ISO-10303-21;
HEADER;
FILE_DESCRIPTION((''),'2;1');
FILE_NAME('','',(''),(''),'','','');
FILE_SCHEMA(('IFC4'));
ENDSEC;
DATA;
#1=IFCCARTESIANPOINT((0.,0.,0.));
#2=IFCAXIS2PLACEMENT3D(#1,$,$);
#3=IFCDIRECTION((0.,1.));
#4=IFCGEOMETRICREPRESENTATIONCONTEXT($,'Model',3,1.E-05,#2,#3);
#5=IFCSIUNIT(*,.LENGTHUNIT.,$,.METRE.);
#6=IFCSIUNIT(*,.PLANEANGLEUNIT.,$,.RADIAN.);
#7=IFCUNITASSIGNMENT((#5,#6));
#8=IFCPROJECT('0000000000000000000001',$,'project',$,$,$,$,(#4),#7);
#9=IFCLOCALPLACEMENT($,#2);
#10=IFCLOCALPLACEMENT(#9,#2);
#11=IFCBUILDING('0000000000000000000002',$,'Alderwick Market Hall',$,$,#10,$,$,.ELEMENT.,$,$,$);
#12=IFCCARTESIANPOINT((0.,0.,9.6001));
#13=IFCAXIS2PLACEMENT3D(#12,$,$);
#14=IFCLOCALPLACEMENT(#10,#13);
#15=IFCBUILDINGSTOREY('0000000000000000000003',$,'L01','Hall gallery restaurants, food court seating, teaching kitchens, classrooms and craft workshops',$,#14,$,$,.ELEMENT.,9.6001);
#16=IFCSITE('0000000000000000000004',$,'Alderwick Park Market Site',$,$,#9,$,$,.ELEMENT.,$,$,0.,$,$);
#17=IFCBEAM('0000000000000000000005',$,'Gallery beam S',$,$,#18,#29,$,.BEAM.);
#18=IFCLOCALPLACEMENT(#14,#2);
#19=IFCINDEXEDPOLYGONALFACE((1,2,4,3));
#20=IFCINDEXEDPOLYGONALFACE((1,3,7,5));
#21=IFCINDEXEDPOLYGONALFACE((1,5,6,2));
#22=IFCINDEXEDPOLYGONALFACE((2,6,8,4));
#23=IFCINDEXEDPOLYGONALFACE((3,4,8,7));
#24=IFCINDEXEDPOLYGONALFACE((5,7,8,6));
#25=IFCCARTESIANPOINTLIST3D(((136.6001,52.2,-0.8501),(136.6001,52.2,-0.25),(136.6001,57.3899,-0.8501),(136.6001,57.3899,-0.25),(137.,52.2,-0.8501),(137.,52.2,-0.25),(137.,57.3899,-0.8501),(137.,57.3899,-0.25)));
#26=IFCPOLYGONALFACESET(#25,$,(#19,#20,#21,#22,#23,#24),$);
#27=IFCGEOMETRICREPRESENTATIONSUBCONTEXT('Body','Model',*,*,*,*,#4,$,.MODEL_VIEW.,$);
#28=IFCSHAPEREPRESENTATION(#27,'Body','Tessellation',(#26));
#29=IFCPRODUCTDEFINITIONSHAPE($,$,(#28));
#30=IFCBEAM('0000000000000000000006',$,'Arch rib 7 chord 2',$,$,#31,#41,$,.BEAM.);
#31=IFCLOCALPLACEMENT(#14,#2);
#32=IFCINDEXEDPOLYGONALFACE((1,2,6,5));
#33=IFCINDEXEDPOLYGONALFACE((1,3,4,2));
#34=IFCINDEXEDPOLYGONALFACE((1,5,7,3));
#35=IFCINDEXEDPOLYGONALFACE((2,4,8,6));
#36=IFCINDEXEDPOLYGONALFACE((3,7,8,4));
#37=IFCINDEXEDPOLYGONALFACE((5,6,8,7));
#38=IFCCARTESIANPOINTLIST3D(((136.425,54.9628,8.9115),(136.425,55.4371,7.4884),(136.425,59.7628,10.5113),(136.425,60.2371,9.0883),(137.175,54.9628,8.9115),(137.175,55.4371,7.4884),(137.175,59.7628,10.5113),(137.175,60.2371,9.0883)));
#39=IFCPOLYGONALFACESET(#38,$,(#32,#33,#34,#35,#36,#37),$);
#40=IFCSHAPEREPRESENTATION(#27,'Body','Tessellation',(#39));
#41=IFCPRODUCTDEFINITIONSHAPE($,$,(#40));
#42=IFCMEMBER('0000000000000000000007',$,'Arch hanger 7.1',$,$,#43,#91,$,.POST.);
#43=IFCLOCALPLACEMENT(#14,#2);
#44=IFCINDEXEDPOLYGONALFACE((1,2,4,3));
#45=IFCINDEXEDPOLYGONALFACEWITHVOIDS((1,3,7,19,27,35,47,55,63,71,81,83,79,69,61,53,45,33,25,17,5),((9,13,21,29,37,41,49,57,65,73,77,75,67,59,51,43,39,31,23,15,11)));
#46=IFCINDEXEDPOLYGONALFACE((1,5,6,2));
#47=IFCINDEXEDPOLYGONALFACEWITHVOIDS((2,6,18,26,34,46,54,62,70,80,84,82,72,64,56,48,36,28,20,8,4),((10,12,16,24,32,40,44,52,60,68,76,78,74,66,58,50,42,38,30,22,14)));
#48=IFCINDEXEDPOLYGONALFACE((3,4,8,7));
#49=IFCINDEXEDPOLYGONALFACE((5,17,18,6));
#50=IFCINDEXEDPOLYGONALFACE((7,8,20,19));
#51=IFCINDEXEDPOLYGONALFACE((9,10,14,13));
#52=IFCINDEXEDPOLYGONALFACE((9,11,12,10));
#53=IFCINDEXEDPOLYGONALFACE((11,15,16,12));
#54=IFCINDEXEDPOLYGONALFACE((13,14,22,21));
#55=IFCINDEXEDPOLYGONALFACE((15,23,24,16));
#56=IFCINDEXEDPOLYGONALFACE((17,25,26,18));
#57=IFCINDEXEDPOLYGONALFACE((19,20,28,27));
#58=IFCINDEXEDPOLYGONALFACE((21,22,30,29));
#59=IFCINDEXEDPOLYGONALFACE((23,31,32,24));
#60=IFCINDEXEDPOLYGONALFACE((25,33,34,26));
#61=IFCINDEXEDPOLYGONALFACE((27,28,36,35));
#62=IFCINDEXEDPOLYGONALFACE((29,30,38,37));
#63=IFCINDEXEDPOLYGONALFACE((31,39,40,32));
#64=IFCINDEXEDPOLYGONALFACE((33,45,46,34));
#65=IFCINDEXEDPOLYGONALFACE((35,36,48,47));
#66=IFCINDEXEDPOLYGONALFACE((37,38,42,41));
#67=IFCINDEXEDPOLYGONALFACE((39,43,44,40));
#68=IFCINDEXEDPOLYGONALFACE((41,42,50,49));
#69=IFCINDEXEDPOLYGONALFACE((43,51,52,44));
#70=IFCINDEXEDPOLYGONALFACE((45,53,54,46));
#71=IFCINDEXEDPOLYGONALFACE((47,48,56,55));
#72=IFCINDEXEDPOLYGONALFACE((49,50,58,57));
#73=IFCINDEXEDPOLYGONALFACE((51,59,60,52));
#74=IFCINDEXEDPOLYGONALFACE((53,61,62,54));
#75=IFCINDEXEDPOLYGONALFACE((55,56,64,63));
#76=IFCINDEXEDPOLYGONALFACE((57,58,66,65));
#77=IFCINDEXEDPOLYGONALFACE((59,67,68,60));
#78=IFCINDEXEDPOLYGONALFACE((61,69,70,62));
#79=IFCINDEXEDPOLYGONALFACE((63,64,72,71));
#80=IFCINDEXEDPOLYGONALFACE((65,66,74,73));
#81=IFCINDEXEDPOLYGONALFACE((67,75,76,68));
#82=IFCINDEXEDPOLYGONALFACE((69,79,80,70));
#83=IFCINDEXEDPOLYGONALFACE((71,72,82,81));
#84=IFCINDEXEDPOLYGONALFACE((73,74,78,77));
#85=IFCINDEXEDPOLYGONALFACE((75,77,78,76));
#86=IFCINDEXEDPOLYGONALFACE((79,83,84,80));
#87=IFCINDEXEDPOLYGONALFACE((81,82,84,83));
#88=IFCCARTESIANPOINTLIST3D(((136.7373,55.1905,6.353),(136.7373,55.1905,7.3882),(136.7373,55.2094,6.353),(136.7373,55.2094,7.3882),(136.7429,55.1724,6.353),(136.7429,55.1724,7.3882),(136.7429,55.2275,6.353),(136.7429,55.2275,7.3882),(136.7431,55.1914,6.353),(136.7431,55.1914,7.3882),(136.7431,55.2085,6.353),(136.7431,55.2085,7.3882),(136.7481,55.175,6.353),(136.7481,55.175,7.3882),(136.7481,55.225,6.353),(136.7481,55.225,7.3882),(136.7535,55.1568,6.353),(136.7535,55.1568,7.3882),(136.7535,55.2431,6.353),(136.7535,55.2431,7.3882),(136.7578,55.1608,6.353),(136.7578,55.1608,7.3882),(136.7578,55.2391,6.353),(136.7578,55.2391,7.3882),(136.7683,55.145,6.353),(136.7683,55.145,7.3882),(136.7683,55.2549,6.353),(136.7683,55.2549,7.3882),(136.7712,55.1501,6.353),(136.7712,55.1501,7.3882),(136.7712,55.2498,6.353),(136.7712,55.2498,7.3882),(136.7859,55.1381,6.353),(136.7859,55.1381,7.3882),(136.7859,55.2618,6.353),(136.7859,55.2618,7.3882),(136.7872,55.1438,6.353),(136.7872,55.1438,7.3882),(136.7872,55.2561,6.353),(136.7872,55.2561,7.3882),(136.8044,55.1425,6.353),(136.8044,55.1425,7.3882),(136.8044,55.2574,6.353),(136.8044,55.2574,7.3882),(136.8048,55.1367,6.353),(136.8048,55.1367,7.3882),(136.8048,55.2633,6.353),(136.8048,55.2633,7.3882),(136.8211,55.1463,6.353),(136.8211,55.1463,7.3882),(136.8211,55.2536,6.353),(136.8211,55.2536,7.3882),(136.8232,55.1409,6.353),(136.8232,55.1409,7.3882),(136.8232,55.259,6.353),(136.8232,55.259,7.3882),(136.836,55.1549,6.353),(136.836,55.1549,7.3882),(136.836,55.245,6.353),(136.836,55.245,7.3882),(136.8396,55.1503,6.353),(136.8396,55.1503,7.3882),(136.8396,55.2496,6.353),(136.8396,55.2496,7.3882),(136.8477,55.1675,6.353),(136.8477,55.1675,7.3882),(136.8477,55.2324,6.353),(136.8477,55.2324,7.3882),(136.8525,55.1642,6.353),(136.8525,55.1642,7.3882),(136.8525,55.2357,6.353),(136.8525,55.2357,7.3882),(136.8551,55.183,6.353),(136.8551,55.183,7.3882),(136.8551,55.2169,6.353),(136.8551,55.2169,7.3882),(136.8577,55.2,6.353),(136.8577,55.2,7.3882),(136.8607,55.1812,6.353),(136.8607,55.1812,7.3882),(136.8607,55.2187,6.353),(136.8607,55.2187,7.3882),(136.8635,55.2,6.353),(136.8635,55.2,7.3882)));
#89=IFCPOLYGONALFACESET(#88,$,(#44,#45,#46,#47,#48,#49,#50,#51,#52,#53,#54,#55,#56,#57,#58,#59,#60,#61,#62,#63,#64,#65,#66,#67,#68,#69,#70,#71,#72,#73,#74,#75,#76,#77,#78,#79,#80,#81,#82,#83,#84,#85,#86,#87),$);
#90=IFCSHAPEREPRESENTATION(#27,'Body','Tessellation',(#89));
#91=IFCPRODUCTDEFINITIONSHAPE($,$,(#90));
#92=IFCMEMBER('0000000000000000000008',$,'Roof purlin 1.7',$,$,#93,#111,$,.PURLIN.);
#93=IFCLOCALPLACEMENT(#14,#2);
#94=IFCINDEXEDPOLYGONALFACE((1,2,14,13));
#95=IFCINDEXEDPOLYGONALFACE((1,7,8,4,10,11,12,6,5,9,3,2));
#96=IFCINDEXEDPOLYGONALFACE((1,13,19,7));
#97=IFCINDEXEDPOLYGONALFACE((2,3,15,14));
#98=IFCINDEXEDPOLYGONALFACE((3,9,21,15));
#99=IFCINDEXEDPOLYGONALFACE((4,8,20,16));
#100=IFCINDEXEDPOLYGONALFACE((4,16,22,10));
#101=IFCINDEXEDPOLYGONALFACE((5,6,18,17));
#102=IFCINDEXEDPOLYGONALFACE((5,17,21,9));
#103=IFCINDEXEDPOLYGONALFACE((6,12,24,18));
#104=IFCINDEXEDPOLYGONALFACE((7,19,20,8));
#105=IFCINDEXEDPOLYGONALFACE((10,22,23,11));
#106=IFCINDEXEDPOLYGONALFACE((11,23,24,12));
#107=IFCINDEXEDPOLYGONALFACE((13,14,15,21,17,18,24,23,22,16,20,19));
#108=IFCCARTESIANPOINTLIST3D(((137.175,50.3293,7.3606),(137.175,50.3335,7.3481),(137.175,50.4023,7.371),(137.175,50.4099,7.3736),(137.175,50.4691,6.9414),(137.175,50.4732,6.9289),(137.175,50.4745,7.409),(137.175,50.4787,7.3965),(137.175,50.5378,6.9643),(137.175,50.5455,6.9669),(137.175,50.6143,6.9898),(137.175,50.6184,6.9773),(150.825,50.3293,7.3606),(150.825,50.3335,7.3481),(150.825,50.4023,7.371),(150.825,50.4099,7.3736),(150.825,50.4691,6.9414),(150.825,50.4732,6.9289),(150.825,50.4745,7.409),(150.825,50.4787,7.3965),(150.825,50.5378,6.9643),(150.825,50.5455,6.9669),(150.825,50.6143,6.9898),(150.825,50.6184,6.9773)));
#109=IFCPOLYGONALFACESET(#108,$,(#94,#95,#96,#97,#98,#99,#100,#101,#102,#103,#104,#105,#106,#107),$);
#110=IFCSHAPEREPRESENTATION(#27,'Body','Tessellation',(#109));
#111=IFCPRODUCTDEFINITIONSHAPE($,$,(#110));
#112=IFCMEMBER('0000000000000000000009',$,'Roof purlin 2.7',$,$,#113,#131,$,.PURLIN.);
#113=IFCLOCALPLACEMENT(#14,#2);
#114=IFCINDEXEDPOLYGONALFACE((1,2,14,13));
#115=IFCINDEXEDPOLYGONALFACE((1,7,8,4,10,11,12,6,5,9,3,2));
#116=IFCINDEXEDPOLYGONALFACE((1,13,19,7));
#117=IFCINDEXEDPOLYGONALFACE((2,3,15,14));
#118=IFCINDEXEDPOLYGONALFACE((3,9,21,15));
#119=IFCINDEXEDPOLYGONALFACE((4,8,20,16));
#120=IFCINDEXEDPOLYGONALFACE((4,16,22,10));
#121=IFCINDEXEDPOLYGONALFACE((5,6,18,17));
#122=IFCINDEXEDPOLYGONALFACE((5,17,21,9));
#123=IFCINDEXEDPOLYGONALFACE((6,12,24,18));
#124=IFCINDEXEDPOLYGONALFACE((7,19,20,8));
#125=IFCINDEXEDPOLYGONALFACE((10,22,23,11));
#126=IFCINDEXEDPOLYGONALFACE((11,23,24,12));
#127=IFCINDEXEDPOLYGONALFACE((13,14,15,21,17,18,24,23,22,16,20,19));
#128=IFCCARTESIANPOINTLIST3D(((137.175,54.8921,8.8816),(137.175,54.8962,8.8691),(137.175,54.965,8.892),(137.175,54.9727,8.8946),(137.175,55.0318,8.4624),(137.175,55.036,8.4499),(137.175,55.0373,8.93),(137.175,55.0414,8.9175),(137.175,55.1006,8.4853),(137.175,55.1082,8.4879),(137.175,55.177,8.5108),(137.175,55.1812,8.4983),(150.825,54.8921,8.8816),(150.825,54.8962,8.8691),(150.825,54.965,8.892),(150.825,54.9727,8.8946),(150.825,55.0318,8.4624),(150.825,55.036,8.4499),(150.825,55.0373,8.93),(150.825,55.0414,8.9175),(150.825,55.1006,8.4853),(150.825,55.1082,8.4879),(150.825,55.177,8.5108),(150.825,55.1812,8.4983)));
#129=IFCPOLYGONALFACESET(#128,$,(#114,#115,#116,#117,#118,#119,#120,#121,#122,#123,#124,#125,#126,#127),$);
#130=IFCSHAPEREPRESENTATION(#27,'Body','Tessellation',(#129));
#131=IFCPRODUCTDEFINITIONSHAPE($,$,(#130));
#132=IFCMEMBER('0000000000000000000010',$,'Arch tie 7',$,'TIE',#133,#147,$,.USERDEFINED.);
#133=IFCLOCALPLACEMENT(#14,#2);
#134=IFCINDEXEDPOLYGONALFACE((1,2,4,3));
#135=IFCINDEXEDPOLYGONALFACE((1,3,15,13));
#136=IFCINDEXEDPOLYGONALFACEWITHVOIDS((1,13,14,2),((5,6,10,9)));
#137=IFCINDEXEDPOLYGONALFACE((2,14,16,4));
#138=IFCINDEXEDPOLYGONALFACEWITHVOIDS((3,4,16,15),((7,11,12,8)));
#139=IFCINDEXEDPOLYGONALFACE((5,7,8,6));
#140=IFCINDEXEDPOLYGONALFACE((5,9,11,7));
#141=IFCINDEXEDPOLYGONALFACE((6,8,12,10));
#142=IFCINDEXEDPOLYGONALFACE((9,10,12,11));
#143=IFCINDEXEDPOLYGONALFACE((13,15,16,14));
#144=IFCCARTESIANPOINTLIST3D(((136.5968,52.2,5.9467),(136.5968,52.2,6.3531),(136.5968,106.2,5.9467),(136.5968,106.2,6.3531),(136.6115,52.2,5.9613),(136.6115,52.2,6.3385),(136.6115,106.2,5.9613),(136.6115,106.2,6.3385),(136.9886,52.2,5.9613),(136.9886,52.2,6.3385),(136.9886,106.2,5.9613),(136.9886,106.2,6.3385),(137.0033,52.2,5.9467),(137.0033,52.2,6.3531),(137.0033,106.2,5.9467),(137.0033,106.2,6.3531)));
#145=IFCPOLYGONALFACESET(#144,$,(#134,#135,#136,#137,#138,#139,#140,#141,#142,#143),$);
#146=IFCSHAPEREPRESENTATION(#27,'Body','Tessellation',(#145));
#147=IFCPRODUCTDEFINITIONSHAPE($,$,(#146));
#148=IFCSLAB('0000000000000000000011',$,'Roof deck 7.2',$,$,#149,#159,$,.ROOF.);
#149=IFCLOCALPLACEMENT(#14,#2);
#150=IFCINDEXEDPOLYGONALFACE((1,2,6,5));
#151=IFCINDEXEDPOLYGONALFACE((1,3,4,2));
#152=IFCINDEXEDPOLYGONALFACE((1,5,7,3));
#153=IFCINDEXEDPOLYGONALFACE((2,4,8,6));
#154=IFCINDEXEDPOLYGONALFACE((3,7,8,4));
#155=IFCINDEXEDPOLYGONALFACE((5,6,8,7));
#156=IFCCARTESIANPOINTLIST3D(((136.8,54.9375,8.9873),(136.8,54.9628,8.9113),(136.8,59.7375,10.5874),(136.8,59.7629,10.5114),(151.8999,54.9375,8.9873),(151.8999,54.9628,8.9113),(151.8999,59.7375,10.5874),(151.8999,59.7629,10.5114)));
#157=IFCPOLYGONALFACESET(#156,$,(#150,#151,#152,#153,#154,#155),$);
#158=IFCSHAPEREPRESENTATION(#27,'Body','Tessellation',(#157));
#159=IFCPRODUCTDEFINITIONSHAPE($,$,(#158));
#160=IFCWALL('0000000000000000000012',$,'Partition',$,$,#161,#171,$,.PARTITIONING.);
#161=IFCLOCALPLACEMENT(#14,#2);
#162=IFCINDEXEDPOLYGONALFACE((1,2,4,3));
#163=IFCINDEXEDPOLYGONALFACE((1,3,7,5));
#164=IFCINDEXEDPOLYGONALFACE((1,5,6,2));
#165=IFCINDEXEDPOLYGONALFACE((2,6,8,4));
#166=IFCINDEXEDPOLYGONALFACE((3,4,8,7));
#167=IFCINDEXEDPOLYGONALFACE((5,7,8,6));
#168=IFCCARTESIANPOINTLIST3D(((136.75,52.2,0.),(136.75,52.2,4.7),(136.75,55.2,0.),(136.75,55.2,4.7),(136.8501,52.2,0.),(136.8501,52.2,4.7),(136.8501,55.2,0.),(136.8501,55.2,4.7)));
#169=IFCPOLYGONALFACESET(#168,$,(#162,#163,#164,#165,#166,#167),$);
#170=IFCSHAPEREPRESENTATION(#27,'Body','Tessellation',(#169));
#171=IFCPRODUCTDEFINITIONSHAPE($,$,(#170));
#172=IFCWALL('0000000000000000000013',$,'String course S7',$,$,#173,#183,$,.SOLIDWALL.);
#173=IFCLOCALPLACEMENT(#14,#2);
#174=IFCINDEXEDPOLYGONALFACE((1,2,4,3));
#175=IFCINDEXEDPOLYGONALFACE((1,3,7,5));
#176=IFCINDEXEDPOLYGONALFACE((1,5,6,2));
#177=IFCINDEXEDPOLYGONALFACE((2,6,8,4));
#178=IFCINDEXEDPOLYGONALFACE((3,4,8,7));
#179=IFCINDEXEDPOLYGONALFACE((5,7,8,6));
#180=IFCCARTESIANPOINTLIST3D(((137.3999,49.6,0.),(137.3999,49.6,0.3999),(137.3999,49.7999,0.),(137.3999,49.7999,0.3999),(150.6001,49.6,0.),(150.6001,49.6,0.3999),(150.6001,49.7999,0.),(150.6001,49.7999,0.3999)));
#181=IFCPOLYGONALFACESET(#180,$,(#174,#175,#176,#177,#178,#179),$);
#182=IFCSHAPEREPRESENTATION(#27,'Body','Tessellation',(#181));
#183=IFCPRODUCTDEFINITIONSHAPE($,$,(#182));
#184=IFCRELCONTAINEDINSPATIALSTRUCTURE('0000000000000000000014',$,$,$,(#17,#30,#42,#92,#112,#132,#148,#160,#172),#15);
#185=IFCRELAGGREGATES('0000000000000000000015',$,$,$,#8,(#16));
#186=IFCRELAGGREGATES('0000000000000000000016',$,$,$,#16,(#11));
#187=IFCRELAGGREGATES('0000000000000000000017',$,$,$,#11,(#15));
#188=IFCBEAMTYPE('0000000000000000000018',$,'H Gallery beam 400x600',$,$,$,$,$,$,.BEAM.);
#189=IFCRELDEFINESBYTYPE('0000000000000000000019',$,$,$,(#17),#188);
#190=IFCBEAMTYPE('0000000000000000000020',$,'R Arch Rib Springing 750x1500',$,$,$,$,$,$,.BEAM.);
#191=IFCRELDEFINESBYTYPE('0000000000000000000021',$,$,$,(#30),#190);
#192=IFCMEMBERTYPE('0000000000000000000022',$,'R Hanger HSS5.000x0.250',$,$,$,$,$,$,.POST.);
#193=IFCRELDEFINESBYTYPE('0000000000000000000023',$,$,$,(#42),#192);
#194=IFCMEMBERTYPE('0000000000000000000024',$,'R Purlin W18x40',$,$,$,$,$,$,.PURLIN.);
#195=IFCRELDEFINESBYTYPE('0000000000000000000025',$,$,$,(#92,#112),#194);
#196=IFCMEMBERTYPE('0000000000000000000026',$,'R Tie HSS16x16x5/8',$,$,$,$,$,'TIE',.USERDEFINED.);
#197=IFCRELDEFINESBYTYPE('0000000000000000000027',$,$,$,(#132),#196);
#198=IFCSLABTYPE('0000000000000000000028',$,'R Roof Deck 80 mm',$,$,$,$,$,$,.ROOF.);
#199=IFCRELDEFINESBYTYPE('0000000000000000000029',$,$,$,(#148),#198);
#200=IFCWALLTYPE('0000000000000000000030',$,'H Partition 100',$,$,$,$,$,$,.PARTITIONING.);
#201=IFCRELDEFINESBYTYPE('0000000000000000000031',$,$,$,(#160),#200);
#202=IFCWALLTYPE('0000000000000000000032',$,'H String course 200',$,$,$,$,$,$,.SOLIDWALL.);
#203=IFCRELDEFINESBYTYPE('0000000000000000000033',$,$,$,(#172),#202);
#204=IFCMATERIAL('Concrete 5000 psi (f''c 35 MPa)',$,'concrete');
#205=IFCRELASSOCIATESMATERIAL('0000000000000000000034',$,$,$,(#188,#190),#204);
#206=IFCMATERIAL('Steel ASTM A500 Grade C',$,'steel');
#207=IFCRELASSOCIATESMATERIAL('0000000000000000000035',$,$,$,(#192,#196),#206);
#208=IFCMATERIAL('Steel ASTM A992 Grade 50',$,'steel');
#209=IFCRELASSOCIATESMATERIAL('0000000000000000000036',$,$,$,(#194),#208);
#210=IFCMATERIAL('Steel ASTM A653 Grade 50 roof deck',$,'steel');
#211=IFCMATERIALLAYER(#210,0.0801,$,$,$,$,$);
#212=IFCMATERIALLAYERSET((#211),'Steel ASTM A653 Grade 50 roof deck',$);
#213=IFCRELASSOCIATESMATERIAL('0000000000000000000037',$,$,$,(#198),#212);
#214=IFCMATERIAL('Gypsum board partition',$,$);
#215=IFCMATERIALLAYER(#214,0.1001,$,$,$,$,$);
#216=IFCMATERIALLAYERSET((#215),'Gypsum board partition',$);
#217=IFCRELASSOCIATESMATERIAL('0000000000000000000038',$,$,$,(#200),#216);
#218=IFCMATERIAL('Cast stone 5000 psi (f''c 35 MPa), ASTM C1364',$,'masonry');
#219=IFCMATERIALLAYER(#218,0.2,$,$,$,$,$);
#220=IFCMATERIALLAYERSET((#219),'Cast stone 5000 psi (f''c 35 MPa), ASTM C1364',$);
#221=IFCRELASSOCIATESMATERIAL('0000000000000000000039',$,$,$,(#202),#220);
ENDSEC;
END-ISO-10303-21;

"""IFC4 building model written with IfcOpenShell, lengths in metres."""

from ifc_helpers import new_model, si_unit, direction, frame, frame_2d, origin, origin_2d, place, context, subcontext, project, spatial, polyline, rectangle, hollow_rectangle, hollow_circle, i_section, outline, extrude, material, layer, layer_set, material_profile, profile_set, type_object, element, save


model = new_model("IFC4")

# Units and contexts
model_context = context("Model", 3, precision=1e-05, world=origin(), true_north=direction((0.0, 1.0)))
body_context = subcontext(model_context, "Body", "Model", "MODEL_VIEW")
ifc_project = project(units=[si_unit("LENGTHUNIT", "METRE"), si_unit("PLANEANGLEUNIT", "RADIAN")], contexts=[model_context])

# Site, building, storey
site_placement = place(None, origin())
site = spatial("IfcSite", under=ifc_project, at=site_placement, Name="Alderwick Park Market Site", CompositionType="ELEMENT", RefElevation=0.0)
building_placement = place(site_placement, origin())
building = spatial("IfcBuilding", under=site, at=building_placement, Name="Alderwick Market Hall", CompositionType="ELEMENT")
storey_placement = place(building_placement, frame((0.0, 0.0, 9.6001)))
storey = spatial("IfcBuildingStorey", under=building, at=storey_placement, Name="L01", Description="Hall gallery restaurants, food court seating, teaching kitchens, classrooms and craft workshops", CompositionType="ELEMENT", Elevation=9.6001)

# Beams
ifc_material_1 = material(Name="Concrete 5000 psi (f'c 35 MPa)", Category="concrete")
ifc_material_profile_1 = material_profile(ifc_material_1, rectangle(XDim=0.3999, YDim=0.6001, at=origin_2d()), Name="RC 400x600")
ifc_profile_set_1 = profile_set([ifc_material_profile_1], Name="Concrete 5000 psi (f'c 35 MPa)")
beam_type_1 = type_object("IfcBeamType", Name="H Gallery beam 400x600", PredefinedType="BEAM", material=ifc_profile_set_1)
beam_1_placement = place(storey_placement, frame((136.8, 52.2, -0.55), z_axis=(0.0, 1.0, 0.0), x_axis=(-1.0, 0.0, 0.0)))
element("IfcBeam", 1, at=beam_1_placement, inside=storey, type_object=beam_type_1, Name="Gallery beam S", PredefinedType="BEAM", context=body_context, shape_type="SweptSolid", body=[
    extrude(rectangle(XDim=0.3999, YDim=0.6001, at=origin_2d()), origin(), (0.0, 0.0, 1.0), 5.1899),
])
ifc_material_profile_2 = material_profile(ifc_material_1, rectangle(XDim=0.75, YDim=1.5, at=origin_2d()), Name="RC 750x1500")
ifc_profile_set_2 = profile_set([ifc_material_profile_2], Name="Concrete 5000 psi (f'c 35 MPa)")
beam_type_2 = type_object("IfcBeamType", Name="R Arch Rib Springing 750x1500", PredefinedType="BEAM", material=ifc_profile_set_2)
beam_2_placement = place(storey_placement, frame((136.8, 55.2, 8.2), z_axis=(0.0, 0.948693, 0.316199), x_axis=(-1.0, 0.0, 0.0)))
element("IfcBeam", 2, at=beam_2_placement, inside=storey, type_object=beam_type_2, Name="Arch rib 7 chord 2", PredefinedType="BEAM", context=body_context, shape_type="SweptSolid", body=[
    extrude(rectangle(XDim=0.75, YDim=1.5, at=origin_2d()), origin(), (0.0, 0.0, 1.0), 5.0596),
])

# Members
ifc_material_2 = material(Name="Steel ASTM A500 Grade C", Category="steel")
ifc_material_profile_3 = material_profile(ifc_material_2, hollow_circle(Radius=0.0635, WallThickness=0.0059, at=origin_2d()), Name="HSS5.000x0.250")
ifc_profile_set_3 = profile_set([ifc_material_profile_3], Name="Steel ASTM A500 Grade C")
member_type_1 = type_object("IfcMemberType", Name="R Hanger HSS5.000x0.250", PredefinedType="POST", material=ifc_profile_set_3)
member_1_placement = place(storey_placement, frame((136.8, 55.2, 6.353), z_axis=(0.0, 0.0, 1.0), x_axis=(1.0, 0.0, 0.0)))
element("IfcMember", 3, at=member_1_placement, inside=storey, type_object=member_type_1, Name="Arch hanger 7.1", PredefinedType="POST", context=body_context, shape_type="SweptSolid", body=[
    extrude(hollow_circle(Radius=0.0635, WallThickness=0.0059, at=origin_2d()), origin(), (0.0, 0.0, 1.0), 1.0352),
])
ifc_material_3 = material(Name="Steel ASTM A992 Grade 50", Category="steel")
ifc_material_profile_4 = material_profile(ifc_material_3, i_section(OverallWidth=0.1531, OverallDepth=0.4551, WebThickness=0.0081, FlangeThickness=0.0132, at=origin_2d()), Name="W18x40")
ifc_profile_set_4 = profile_set([ifc_material_profile_4], Name="Steel ASTM A992 Grade 50")
member_type_2 = type_object("IfcMemberType", Name="R Purlin W18x40", PredefinedType="PURLIN", material=ifc_profile_set_4)
for number, where, z_axis, x_axis, name in (
    (4, (137.175, 50.4739, 7.1689), (1.0, 0.0, 0.0), (0.0, 0.948683, 0.316228), "Roof purlin 1.7"),
    (5, (137.175, 55.0366, 8.6899), (1.0, 0.0, 0.0), (0.0, 0.948683, 0.316228), "Roof purlin 2.7"),
):
    element("IfcMember", number, at=place(storey_placement, frame(where, z_axis=z_axis, x_axis=x_axis)), inside=storey, type_object=member_type_2, Name=name, PredefinedType="PURLIN", context=body_context, shape_type="SweptSolid", body=[
        extrude(i_section(OverallWidth=0.1531, OverallDepth=0.4551, WebThickness=0.0081, FlangeThickness=0.0132, at=origin_2d()), origin(), (0.0, 0.0, 1.0), 13.6499),
    ])
ifc_material_profile_5 = material_profile(ifc_material_2, hollow_rectangle(XDim=0.4065, YDim=0.4065, WallThickness=0.0146, at=origin_2d()), Name="HSS16x16x5/8")
ifc_profile_set_5 = profile_set([ifc_material_profile_5], Name="Steel ASTM A500 Grade C")
member_type_3 = type_object("IfcMemberType", Name="R Tie HSS16x16x5/8", ElementType="TIE", PredefinedType="USERDEFINED", material=ifc_profile_set_5)
member_2_placement = place(storey_placement, frame((136.8, 52.2, 6.1499), z_axis=(0.0, 1.0, 0.0), x_axis=(-1.0, 0.0, 0.0)))
element("IfcMember", 6, at=member_2_placement, inside=storey, type_object=member_type_3, Name="Arch tie 7", ObjectType="TIE", PredefinedType="USERDEFINED", context=body_context, shape_type="SweptSolid", body=[
    extrude(hollow_rectangle(XDim=0.4065, YDim=0.4065, WallThickness=0.0146, at=origin_2d()), origin(), (0.0, 0.0, 1.0), 54.0),
])

# Slab
ifc_material_4 = material(Name="Steel ASTM A653 Grade 50 roof deck", Category="steel")
ifc_layer_1 = layer(ifc_material_4, 0.0801)
ifc_layer_set_1 = layer_set([ifc_layer_1], Name="Steel ASTM A653 Grade 50 roof deck")
slab_type = type_object("IfcSlabType", Name="R Roof Deck 80 mm", PredefinedType="ROOF", material=ifc_layer_set_1)
slab_placement = place(storey_placement, frame((136.8, 54.9375, 8.9873), z_axis=(0.0, -0.316242, 0.948678), x_axis=(1.0, 0.0, 0.0)))
element("IfcSlab", 7, at=slab_placement, inside=storey, type_object=slab_type, Name="Roof deck 7.2", PredefinedType="ROOF", context=body_context, shape_type="SweptSolid", body=[
    extrude(outline(polyline([(0.0, 0.0), (15.0999, 0.0), (15.0999, 5.0597), (0.0, 5.0597), (0.0, 0.0)])), origin(), (0.0, 0.0, -1.0), 0.0801),
])

# Walls
ifc_material_5 = material(Name="Gypsum board partition")
ifc_layer_2 = layer(ifc_material_5, 0.1001)
ifc_layer_set_2 = layer_set([ifc_layer_2], Name="Gypsum board partition")
wall_type_1 = type_object("IfcWallType", Name="H Partition 100", PredefinedType="PARTITIONING", material=ifc_layer_set_2)
wall_1_placement = place(storey_placement, frame((136.8, 52.2, 0.0), z_axis=(0.0, 0.0, 1.0), x_axis=(0.0, 1.0, 0.0)))
element("IfcWall", 8, at=wall_1_placement, inside=storey, type_object=wall_type_1, Name="Partition", PredefinedType="PARTITIONING", context=body_context, shape_type="SweptSolid", body=[
    extrude(rectangle(XDim=3.0, YDim=0.1001, at=frame_2d((1.5, 0.0))), origin(), (0.0, 0.0, 1.0), 4.7),
])
ifc_material_6 = material(Name="Cast stone 5000 psi (f'c 35 MPa), ASTM C1364", Category="masonry")
ifc_layer_3 = layer(ifc_material_6, 0.2)
ifc_layer_set_3 = layer_set([ifc_layer_3], Name="Cast stone 5000 psi (f'c 35 MPa), ASTM C1364")
wall_type_2 = type_object("IfcWallType", Name="H String course 200", PredefinedType="SOLIDWALL", material=ifc_layer_set_3)
wall_2_placement = place(storey_placement, frame((137.3999, 49.7, 0.0), z_axis=(0.0, 0.0, 1.0), x_axis=(1.0, 0.0, 0.0)))
element("IfcWall", 9, at=wall_2_placement, inside=storey, type_object=wall_type_2, Name="String course S7", PredefinedType="SOLIDWALL", context=body_context, shape_type="SweptSolid", body=[
    extrude(rectangle(XDim=13.2002, YDim=0.2, at=frame_2d((6.6001, 0.0))), origin(), (0.0, 0.0, 1.0), 0.3999),
])

save(model, "model.ifc")
